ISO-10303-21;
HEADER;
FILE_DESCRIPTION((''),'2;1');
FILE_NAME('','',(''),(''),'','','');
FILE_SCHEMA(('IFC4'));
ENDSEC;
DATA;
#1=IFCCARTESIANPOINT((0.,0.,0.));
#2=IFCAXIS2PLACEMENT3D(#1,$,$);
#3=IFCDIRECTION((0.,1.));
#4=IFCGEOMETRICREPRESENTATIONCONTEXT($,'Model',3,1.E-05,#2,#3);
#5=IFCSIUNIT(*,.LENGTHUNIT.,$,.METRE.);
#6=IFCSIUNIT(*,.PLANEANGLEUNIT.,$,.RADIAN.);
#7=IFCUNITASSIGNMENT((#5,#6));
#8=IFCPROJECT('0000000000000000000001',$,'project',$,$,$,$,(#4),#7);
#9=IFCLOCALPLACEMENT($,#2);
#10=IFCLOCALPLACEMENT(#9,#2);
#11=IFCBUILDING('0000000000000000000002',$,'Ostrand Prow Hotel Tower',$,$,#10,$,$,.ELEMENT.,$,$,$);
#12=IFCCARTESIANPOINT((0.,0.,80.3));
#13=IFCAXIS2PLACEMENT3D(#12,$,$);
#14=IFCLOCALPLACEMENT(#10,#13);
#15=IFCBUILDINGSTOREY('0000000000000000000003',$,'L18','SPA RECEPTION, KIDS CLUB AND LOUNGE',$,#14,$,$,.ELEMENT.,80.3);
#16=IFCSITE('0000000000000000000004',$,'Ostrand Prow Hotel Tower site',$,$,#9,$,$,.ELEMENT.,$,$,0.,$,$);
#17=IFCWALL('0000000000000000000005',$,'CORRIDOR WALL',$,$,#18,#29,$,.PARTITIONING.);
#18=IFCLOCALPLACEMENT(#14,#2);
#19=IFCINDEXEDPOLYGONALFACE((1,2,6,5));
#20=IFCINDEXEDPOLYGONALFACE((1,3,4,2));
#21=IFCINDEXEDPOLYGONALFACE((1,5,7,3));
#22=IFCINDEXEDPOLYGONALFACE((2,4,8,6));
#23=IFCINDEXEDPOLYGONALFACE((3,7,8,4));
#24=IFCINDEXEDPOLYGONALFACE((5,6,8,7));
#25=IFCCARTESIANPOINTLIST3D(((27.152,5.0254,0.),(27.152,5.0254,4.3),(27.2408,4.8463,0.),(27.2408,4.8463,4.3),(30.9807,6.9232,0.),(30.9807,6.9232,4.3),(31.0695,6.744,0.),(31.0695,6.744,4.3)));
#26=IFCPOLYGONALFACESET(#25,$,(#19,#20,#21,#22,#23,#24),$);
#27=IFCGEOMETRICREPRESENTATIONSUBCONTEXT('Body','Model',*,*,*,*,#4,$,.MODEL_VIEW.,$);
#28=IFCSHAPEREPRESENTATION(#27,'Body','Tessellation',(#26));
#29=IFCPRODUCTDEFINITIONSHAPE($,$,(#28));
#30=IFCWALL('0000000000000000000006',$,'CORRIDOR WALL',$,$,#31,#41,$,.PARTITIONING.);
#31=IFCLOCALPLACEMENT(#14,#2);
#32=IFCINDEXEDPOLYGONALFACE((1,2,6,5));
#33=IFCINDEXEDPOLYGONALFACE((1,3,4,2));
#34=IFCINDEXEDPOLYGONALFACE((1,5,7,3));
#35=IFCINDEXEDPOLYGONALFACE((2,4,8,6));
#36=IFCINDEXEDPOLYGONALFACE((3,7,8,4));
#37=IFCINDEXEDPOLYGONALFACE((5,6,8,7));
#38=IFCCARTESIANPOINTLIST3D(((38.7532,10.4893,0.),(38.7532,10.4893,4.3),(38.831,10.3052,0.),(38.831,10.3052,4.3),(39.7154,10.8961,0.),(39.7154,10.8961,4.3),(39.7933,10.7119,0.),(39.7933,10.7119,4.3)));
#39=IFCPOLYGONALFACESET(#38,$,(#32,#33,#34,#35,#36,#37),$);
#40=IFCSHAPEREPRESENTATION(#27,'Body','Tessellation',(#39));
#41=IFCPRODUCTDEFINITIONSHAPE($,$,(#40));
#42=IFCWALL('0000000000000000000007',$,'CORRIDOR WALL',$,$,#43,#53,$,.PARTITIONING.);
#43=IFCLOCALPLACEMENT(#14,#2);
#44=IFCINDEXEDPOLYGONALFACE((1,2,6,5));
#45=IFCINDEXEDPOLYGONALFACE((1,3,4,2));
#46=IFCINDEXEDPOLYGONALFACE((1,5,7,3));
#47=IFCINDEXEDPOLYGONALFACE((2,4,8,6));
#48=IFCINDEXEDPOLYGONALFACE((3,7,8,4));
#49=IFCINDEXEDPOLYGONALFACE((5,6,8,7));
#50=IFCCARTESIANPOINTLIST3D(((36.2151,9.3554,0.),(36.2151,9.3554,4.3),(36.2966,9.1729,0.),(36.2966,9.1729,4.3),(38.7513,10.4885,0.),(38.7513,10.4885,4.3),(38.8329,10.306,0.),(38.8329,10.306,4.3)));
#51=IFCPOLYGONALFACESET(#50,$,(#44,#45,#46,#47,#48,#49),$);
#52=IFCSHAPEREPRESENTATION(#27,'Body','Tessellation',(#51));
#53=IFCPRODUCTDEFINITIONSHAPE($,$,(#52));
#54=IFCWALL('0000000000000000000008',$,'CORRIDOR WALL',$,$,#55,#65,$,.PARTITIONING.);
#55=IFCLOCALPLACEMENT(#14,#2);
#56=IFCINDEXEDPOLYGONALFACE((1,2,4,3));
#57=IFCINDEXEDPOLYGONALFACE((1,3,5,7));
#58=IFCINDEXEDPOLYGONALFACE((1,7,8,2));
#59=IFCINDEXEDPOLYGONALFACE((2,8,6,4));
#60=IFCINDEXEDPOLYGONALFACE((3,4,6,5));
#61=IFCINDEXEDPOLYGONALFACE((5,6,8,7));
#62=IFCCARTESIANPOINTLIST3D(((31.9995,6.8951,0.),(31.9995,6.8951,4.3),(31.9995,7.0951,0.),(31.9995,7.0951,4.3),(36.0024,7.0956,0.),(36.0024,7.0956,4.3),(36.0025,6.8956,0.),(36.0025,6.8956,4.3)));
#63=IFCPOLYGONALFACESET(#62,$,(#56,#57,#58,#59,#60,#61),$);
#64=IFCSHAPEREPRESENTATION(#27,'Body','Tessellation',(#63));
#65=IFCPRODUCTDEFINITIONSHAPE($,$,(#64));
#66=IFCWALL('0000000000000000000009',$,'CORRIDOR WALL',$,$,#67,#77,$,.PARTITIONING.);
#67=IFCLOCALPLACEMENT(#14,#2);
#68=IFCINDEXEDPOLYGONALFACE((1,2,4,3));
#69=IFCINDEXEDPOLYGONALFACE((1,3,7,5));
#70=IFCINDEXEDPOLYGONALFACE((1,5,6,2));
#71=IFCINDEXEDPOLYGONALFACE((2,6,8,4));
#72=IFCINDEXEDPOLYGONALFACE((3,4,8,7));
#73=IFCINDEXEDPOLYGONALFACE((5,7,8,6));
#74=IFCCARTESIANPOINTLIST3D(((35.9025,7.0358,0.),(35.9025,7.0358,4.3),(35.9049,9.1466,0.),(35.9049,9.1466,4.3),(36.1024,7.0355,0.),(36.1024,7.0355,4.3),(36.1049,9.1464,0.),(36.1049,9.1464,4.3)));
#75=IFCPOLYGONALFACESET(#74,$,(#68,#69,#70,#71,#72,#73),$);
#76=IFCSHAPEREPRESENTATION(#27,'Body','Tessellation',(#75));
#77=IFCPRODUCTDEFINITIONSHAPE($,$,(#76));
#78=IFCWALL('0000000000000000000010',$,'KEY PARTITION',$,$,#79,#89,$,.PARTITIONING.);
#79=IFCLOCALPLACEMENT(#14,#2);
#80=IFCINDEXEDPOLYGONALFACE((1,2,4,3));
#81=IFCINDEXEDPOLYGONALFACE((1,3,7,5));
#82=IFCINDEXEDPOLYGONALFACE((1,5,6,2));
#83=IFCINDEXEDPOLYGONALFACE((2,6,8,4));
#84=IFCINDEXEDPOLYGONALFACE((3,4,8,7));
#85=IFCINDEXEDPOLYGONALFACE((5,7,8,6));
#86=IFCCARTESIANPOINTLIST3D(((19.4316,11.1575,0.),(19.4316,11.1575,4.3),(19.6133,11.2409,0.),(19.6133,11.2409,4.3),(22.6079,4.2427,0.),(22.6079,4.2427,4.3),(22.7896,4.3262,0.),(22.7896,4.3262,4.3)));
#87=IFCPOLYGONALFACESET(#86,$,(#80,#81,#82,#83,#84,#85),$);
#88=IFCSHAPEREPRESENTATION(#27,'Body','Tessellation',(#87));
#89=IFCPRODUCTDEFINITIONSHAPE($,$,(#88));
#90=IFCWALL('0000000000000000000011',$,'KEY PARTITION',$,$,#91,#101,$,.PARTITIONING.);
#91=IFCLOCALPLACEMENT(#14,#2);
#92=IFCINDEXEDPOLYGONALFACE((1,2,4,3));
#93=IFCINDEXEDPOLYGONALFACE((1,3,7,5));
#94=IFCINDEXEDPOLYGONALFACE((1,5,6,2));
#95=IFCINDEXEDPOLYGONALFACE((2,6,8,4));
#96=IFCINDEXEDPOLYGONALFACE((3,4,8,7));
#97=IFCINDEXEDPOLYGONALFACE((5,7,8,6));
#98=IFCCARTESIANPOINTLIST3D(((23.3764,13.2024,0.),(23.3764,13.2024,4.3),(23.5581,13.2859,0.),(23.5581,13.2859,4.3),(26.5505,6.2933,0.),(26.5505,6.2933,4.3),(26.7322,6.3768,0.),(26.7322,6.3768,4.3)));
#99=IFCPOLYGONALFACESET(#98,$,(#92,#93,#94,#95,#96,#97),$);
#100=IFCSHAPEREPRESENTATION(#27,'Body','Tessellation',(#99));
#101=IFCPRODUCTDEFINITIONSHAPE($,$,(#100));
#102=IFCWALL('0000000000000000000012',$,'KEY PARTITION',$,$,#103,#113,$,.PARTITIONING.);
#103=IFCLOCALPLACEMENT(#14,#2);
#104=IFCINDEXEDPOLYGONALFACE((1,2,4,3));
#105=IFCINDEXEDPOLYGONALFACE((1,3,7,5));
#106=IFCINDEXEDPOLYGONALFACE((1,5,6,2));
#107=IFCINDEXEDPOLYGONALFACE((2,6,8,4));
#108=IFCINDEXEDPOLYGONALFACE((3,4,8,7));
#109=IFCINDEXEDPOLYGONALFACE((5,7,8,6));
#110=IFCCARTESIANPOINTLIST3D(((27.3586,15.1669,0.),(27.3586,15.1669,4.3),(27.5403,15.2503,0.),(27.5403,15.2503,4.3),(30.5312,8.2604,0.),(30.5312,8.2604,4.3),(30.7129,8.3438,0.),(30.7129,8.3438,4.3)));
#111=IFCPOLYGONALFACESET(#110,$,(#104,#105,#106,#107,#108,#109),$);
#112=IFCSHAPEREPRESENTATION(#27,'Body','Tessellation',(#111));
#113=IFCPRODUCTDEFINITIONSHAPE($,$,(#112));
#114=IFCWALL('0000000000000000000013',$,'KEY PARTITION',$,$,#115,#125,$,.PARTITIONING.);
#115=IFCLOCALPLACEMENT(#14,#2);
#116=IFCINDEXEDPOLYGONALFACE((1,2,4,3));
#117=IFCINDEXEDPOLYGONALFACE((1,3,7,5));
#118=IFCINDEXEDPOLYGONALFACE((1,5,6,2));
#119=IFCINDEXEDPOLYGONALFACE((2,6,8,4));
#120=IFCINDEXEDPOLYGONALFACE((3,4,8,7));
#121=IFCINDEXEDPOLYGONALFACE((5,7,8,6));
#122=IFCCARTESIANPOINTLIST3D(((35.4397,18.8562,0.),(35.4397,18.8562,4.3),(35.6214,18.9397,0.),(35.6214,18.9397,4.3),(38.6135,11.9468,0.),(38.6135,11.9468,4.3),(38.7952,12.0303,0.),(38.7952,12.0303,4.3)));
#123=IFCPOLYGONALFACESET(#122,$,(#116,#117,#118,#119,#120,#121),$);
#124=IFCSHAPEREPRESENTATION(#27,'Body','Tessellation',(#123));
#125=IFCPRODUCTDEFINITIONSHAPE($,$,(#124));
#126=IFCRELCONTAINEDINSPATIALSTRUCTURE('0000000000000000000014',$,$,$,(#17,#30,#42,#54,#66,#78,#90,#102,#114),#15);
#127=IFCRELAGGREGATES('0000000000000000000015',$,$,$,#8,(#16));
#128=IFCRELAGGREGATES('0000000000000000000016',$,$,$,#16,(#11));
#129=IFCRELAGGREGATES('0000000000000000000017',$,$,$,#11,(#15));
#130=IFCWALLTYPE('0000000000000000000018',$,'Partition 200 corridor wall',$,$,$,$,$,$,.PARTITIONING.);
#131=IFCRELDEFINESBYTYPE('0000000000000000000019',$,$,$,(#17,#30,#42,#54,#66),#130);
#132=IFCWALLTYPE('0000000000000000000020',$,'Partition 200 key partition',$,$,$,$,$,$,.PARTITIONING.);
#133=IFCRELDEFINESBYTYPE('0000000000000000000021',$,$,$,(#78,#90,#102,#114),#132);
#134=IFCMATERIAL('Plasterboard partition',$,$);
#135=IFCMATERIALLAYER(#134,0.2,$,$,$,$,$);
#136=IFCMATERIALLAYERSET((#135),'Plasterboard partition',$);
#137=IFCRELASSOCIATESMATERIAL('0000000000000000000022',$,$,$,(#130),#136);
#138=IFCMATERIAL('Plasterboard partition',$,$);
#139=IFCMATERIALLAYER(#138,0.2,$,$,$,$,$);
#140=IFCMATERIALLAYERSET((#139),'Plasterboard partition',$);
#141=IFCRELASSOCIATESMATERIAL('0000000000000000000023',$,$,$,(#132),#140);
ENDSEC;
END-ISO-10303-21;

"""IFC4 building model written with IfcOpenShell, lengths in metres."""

from ifc_helpers import new_model, si_unit, direction, frame, frame_2d, origin, place, context, subcontext, project, spatial, rectangle, extrude, material, layer, layer_set, type_object, element, save


model = new_model("IFC4")

# Units and contexts
model_context = context("Model", 3, precision=1e-05, world=origin(), true_north=direction((0.0, 1.0)))
body_context = subcontext(model_context, "Body", "Model", "MODEL_VIEW")
ifc_project = project(units=[si_unit("LENGTHUNIT", "METRE"), si_unit("PLANEANGLEUNIT", "RADIAN")], contexts=[model_context])

# Site, building, storey
site_placement = place(None, origin())
site = spatial("IfcSite", under=ifc_project, at=site_placement, Name="Ostrand Prow Hotel Tower site", CompositionType="ELEMENT", RefElevation=0.0)
building_placement = place(site_placement, origin())
building = spatial("IfcBuilding", under=site, at=building_placement, Name="Ostrand Prow Hotel Tower", CompositionType="ELEMENT")
storey_placement = place(building_placement, frame((0.0, 0.0, 80.3)))
storey = spatial("IfcBuildingStorey", under=building, at=storey_placement, Name="L18", Description="SPA RECEPTION, KIDS CLUB AND LOUNGE", CompositionType="ELEMENT", Elevation=80.3)

# Shared definitions
ifc_material_1 = material(Name="Plasterboard partition")
ifc_layer_1 = layer(ifc_material_1, 0.2)
ifc_layer_set_1 = layer_set([ifc_layer_1], Name="Plasterboard partition")
wall_type_1 = type_object("IfcWallType", Name="Partition 200 corridor wall", PredefinedType="PARTITIONING", material=ifc_layer_set_1)

# Walls
wall_1_placement = place(storey_placement, frame((27.1963, 4.9358, 0.0), z_axis=(0.0, 0.0, 1.0), x_axis=(0.895976, 0.444103, 0.0)))
element("IfcWall", 1, at=wall_1_placement, inside=storey, type_object=wall_type_1, Name="CORRIDOR WALL", PredefinedType="PARTITIONING", context=body_context, shape_type="SweptSolid", body=[
    extrude(rectangle(XDim=4.2732, YDim=0.2, at=frame_2d((2.1367, 0.0))), origin(), (0.0, 0.0, 1.0), 4.3),
])
wall_2_placement = place(storey_placement, frame((38.792, 10.3972, 0.0), z_axis=(0.0, 0.0, 1.0), x_axis=(0.92108, 0.389373, 0.0)))
element("IfcWall", 2, at=wall_2_placement, inside=storey, type_object=wall_type_1, Name="CORRIDOR WALL", PredefinedType="PARTITIONING", context=body_context, shape_type="SweptSolid", body=[
    extrude(rectangle(XDim=1.0447, YDim=0.2, at=frame_2d((0.5225, 0.0))), origin(), (0.0, 0.0, 1.0), 4.3),
])
wall_3_placement = place(storey_placement, frame((36.2559, 9.2642, 0.0), z_axis=(0.0, 0.0, 1.0), x_axis=(0.913023, 0.407907, 0.0)))
element("IfcWall", 3, at=wall_3_placement, inside=storey, type_object=wall_type_1, Name="CORRIDOR WALL", PredefinedType="PARTITIONING", context=body_context, shape_type="SweptSolid", body=[
    extrude(rectangle(XDim=2.7778, YDim=0.2, at=frame_2d((1.3889, 0.0))), origin(), (0.0, 0.0, 1.0), 4.3),
])
wall_4_placement = place(storey_placement, frame((31.9995, 6.9951, 0.0), z_axis=(0.0, 0.0, 1.0), x_axis=(1.0, 0.000122, 0.0)))
element("IfcWall", 4, at=wall_4_placement, inside=storey, type_object=wall_type_1, Name="CORRIDOR WALL", PredefinedType="PARTITIONING", context=body_context, shape_type="SweptSolid", body=[
    extrude(rectangle(XDim=4.0029, YDim=0.2, at=frame_2d((2.0015, 0.0))), origin(), (0.0, 0.0, 1.0), 4.3),
])
wall_5_placement = place(storey_placement, frame((36.0024, 7.0356, 0.0), z_axis=(0.0, 0.0, 1.0), x_axis=(0.001157, 0.999999, 0.0)))
element("IfcWall", 5, at=wall_5_placement, inside=storey, type_object=wall_type_1, Name="CORRIDOR WALL", PredefinedType="PARTITIONING", context=body_context, shape_type="SweptSolid", body=[
    extrude(rectangle(XDim=2.1108, YDim=0.2, at=frame_2d((1.0554, 0.0))), origin(), (0.0, 0.0, 1.0), 4.3),
])
ifc_material_2 = material(Name="Plasterboard partition")
ifc_layer_2 = layer(ifc_material_2, 0.2)
ifc_layer_set_2 = layer_set([ifc_layer_2], Name="Plasterboard partition")
wall_type_2 = type_object("IfcWallType", Name="Partition 200 key partition", PredefinedType="PARTITIONING", material=ifc_layer_set_2)
wall_6_placement = place(storey_placement, frame((22.6987, 4.2844, 0.0), z_axis=(0.0, 0.0, 1.0), x_axis=(-0.417414, 0.908717, 0.0)))
element("IfcWall", 6, at=wall_6_placement, inside=storey, type_object=wall_type_2, Name="KEY PARTITION", PredefinedType="PARTITIONING", context=body_context, shape_type="SweptSolid", body=[
    extrude(rectangle(XDim=7.6094, YDim=0.2, at=frame_2d((3.8047, 0.0))), origin(), (0.0, 0.0, 1.0), 4.3),
])
wall_7_placement = place(storey_placement, frame((26.6414, 6.335, 0.0), z_axis=(0.0, 0.0, 1.0), x_axis=(-0.417455, 0.908698, 0.0)))
element("IfcWall", 7, at=wall_7_placement, inside=storey, type_object=wall_type_2, Name="KEY PARTITION", PredefinedType="PARTITIONING", context=body_context, shape_type="SweptSolid", body=[
    extrude(rectangle(XDim=7.6033, YDim=0.2, at=frame_2d((3.8018, 0.0))), origin(), (0.0, 0.0, 1.0), 4.3),
])
wall_8_placement = place(storey_placement, frame((30.6221, 8.302, 0.0), z_axis=(0.0, 0.0, 1.0), x_axis=(-0.41743, 0.908709, 0.0)))
element("IfcWall", 8, at=wall_8_placement, inside=storey, type_object=wall_type_2, Name="KEY PARTITION", PredefinedType="PARTITIONING", context=body_context, shape_type="SweptSolid", body=[
    extrude(rectangle(XDim=7.6003, YDim=0.2, at=frame_2d((3.8003, 0.0))), origin(), (0.0, 0.0, 1.0), 4.3),
])
wall_9_placement = place(storey_placement, frame((38.7043, 11.9885, 0.0), z_axis=(0.0, 0.0, 1.0), x_axis=(-0.417416, 0.908715, 0.0)))
element("IfcWall", 9, at=wall_9_placement, inside=storey, type_object=wall_type_2, Name="KEY PARTITION", PredefinedType="PARTITIONING", context=body_context, shape_type="SweptSolid", body=[
    extrude(rectangle(XDim=7.6035, YDim=0.2, at=frame_2d((3.8018, 0.0))), origin(), (0.0, 0.0, 1.0), 4.3),
])

save(model, "model.ifc")
